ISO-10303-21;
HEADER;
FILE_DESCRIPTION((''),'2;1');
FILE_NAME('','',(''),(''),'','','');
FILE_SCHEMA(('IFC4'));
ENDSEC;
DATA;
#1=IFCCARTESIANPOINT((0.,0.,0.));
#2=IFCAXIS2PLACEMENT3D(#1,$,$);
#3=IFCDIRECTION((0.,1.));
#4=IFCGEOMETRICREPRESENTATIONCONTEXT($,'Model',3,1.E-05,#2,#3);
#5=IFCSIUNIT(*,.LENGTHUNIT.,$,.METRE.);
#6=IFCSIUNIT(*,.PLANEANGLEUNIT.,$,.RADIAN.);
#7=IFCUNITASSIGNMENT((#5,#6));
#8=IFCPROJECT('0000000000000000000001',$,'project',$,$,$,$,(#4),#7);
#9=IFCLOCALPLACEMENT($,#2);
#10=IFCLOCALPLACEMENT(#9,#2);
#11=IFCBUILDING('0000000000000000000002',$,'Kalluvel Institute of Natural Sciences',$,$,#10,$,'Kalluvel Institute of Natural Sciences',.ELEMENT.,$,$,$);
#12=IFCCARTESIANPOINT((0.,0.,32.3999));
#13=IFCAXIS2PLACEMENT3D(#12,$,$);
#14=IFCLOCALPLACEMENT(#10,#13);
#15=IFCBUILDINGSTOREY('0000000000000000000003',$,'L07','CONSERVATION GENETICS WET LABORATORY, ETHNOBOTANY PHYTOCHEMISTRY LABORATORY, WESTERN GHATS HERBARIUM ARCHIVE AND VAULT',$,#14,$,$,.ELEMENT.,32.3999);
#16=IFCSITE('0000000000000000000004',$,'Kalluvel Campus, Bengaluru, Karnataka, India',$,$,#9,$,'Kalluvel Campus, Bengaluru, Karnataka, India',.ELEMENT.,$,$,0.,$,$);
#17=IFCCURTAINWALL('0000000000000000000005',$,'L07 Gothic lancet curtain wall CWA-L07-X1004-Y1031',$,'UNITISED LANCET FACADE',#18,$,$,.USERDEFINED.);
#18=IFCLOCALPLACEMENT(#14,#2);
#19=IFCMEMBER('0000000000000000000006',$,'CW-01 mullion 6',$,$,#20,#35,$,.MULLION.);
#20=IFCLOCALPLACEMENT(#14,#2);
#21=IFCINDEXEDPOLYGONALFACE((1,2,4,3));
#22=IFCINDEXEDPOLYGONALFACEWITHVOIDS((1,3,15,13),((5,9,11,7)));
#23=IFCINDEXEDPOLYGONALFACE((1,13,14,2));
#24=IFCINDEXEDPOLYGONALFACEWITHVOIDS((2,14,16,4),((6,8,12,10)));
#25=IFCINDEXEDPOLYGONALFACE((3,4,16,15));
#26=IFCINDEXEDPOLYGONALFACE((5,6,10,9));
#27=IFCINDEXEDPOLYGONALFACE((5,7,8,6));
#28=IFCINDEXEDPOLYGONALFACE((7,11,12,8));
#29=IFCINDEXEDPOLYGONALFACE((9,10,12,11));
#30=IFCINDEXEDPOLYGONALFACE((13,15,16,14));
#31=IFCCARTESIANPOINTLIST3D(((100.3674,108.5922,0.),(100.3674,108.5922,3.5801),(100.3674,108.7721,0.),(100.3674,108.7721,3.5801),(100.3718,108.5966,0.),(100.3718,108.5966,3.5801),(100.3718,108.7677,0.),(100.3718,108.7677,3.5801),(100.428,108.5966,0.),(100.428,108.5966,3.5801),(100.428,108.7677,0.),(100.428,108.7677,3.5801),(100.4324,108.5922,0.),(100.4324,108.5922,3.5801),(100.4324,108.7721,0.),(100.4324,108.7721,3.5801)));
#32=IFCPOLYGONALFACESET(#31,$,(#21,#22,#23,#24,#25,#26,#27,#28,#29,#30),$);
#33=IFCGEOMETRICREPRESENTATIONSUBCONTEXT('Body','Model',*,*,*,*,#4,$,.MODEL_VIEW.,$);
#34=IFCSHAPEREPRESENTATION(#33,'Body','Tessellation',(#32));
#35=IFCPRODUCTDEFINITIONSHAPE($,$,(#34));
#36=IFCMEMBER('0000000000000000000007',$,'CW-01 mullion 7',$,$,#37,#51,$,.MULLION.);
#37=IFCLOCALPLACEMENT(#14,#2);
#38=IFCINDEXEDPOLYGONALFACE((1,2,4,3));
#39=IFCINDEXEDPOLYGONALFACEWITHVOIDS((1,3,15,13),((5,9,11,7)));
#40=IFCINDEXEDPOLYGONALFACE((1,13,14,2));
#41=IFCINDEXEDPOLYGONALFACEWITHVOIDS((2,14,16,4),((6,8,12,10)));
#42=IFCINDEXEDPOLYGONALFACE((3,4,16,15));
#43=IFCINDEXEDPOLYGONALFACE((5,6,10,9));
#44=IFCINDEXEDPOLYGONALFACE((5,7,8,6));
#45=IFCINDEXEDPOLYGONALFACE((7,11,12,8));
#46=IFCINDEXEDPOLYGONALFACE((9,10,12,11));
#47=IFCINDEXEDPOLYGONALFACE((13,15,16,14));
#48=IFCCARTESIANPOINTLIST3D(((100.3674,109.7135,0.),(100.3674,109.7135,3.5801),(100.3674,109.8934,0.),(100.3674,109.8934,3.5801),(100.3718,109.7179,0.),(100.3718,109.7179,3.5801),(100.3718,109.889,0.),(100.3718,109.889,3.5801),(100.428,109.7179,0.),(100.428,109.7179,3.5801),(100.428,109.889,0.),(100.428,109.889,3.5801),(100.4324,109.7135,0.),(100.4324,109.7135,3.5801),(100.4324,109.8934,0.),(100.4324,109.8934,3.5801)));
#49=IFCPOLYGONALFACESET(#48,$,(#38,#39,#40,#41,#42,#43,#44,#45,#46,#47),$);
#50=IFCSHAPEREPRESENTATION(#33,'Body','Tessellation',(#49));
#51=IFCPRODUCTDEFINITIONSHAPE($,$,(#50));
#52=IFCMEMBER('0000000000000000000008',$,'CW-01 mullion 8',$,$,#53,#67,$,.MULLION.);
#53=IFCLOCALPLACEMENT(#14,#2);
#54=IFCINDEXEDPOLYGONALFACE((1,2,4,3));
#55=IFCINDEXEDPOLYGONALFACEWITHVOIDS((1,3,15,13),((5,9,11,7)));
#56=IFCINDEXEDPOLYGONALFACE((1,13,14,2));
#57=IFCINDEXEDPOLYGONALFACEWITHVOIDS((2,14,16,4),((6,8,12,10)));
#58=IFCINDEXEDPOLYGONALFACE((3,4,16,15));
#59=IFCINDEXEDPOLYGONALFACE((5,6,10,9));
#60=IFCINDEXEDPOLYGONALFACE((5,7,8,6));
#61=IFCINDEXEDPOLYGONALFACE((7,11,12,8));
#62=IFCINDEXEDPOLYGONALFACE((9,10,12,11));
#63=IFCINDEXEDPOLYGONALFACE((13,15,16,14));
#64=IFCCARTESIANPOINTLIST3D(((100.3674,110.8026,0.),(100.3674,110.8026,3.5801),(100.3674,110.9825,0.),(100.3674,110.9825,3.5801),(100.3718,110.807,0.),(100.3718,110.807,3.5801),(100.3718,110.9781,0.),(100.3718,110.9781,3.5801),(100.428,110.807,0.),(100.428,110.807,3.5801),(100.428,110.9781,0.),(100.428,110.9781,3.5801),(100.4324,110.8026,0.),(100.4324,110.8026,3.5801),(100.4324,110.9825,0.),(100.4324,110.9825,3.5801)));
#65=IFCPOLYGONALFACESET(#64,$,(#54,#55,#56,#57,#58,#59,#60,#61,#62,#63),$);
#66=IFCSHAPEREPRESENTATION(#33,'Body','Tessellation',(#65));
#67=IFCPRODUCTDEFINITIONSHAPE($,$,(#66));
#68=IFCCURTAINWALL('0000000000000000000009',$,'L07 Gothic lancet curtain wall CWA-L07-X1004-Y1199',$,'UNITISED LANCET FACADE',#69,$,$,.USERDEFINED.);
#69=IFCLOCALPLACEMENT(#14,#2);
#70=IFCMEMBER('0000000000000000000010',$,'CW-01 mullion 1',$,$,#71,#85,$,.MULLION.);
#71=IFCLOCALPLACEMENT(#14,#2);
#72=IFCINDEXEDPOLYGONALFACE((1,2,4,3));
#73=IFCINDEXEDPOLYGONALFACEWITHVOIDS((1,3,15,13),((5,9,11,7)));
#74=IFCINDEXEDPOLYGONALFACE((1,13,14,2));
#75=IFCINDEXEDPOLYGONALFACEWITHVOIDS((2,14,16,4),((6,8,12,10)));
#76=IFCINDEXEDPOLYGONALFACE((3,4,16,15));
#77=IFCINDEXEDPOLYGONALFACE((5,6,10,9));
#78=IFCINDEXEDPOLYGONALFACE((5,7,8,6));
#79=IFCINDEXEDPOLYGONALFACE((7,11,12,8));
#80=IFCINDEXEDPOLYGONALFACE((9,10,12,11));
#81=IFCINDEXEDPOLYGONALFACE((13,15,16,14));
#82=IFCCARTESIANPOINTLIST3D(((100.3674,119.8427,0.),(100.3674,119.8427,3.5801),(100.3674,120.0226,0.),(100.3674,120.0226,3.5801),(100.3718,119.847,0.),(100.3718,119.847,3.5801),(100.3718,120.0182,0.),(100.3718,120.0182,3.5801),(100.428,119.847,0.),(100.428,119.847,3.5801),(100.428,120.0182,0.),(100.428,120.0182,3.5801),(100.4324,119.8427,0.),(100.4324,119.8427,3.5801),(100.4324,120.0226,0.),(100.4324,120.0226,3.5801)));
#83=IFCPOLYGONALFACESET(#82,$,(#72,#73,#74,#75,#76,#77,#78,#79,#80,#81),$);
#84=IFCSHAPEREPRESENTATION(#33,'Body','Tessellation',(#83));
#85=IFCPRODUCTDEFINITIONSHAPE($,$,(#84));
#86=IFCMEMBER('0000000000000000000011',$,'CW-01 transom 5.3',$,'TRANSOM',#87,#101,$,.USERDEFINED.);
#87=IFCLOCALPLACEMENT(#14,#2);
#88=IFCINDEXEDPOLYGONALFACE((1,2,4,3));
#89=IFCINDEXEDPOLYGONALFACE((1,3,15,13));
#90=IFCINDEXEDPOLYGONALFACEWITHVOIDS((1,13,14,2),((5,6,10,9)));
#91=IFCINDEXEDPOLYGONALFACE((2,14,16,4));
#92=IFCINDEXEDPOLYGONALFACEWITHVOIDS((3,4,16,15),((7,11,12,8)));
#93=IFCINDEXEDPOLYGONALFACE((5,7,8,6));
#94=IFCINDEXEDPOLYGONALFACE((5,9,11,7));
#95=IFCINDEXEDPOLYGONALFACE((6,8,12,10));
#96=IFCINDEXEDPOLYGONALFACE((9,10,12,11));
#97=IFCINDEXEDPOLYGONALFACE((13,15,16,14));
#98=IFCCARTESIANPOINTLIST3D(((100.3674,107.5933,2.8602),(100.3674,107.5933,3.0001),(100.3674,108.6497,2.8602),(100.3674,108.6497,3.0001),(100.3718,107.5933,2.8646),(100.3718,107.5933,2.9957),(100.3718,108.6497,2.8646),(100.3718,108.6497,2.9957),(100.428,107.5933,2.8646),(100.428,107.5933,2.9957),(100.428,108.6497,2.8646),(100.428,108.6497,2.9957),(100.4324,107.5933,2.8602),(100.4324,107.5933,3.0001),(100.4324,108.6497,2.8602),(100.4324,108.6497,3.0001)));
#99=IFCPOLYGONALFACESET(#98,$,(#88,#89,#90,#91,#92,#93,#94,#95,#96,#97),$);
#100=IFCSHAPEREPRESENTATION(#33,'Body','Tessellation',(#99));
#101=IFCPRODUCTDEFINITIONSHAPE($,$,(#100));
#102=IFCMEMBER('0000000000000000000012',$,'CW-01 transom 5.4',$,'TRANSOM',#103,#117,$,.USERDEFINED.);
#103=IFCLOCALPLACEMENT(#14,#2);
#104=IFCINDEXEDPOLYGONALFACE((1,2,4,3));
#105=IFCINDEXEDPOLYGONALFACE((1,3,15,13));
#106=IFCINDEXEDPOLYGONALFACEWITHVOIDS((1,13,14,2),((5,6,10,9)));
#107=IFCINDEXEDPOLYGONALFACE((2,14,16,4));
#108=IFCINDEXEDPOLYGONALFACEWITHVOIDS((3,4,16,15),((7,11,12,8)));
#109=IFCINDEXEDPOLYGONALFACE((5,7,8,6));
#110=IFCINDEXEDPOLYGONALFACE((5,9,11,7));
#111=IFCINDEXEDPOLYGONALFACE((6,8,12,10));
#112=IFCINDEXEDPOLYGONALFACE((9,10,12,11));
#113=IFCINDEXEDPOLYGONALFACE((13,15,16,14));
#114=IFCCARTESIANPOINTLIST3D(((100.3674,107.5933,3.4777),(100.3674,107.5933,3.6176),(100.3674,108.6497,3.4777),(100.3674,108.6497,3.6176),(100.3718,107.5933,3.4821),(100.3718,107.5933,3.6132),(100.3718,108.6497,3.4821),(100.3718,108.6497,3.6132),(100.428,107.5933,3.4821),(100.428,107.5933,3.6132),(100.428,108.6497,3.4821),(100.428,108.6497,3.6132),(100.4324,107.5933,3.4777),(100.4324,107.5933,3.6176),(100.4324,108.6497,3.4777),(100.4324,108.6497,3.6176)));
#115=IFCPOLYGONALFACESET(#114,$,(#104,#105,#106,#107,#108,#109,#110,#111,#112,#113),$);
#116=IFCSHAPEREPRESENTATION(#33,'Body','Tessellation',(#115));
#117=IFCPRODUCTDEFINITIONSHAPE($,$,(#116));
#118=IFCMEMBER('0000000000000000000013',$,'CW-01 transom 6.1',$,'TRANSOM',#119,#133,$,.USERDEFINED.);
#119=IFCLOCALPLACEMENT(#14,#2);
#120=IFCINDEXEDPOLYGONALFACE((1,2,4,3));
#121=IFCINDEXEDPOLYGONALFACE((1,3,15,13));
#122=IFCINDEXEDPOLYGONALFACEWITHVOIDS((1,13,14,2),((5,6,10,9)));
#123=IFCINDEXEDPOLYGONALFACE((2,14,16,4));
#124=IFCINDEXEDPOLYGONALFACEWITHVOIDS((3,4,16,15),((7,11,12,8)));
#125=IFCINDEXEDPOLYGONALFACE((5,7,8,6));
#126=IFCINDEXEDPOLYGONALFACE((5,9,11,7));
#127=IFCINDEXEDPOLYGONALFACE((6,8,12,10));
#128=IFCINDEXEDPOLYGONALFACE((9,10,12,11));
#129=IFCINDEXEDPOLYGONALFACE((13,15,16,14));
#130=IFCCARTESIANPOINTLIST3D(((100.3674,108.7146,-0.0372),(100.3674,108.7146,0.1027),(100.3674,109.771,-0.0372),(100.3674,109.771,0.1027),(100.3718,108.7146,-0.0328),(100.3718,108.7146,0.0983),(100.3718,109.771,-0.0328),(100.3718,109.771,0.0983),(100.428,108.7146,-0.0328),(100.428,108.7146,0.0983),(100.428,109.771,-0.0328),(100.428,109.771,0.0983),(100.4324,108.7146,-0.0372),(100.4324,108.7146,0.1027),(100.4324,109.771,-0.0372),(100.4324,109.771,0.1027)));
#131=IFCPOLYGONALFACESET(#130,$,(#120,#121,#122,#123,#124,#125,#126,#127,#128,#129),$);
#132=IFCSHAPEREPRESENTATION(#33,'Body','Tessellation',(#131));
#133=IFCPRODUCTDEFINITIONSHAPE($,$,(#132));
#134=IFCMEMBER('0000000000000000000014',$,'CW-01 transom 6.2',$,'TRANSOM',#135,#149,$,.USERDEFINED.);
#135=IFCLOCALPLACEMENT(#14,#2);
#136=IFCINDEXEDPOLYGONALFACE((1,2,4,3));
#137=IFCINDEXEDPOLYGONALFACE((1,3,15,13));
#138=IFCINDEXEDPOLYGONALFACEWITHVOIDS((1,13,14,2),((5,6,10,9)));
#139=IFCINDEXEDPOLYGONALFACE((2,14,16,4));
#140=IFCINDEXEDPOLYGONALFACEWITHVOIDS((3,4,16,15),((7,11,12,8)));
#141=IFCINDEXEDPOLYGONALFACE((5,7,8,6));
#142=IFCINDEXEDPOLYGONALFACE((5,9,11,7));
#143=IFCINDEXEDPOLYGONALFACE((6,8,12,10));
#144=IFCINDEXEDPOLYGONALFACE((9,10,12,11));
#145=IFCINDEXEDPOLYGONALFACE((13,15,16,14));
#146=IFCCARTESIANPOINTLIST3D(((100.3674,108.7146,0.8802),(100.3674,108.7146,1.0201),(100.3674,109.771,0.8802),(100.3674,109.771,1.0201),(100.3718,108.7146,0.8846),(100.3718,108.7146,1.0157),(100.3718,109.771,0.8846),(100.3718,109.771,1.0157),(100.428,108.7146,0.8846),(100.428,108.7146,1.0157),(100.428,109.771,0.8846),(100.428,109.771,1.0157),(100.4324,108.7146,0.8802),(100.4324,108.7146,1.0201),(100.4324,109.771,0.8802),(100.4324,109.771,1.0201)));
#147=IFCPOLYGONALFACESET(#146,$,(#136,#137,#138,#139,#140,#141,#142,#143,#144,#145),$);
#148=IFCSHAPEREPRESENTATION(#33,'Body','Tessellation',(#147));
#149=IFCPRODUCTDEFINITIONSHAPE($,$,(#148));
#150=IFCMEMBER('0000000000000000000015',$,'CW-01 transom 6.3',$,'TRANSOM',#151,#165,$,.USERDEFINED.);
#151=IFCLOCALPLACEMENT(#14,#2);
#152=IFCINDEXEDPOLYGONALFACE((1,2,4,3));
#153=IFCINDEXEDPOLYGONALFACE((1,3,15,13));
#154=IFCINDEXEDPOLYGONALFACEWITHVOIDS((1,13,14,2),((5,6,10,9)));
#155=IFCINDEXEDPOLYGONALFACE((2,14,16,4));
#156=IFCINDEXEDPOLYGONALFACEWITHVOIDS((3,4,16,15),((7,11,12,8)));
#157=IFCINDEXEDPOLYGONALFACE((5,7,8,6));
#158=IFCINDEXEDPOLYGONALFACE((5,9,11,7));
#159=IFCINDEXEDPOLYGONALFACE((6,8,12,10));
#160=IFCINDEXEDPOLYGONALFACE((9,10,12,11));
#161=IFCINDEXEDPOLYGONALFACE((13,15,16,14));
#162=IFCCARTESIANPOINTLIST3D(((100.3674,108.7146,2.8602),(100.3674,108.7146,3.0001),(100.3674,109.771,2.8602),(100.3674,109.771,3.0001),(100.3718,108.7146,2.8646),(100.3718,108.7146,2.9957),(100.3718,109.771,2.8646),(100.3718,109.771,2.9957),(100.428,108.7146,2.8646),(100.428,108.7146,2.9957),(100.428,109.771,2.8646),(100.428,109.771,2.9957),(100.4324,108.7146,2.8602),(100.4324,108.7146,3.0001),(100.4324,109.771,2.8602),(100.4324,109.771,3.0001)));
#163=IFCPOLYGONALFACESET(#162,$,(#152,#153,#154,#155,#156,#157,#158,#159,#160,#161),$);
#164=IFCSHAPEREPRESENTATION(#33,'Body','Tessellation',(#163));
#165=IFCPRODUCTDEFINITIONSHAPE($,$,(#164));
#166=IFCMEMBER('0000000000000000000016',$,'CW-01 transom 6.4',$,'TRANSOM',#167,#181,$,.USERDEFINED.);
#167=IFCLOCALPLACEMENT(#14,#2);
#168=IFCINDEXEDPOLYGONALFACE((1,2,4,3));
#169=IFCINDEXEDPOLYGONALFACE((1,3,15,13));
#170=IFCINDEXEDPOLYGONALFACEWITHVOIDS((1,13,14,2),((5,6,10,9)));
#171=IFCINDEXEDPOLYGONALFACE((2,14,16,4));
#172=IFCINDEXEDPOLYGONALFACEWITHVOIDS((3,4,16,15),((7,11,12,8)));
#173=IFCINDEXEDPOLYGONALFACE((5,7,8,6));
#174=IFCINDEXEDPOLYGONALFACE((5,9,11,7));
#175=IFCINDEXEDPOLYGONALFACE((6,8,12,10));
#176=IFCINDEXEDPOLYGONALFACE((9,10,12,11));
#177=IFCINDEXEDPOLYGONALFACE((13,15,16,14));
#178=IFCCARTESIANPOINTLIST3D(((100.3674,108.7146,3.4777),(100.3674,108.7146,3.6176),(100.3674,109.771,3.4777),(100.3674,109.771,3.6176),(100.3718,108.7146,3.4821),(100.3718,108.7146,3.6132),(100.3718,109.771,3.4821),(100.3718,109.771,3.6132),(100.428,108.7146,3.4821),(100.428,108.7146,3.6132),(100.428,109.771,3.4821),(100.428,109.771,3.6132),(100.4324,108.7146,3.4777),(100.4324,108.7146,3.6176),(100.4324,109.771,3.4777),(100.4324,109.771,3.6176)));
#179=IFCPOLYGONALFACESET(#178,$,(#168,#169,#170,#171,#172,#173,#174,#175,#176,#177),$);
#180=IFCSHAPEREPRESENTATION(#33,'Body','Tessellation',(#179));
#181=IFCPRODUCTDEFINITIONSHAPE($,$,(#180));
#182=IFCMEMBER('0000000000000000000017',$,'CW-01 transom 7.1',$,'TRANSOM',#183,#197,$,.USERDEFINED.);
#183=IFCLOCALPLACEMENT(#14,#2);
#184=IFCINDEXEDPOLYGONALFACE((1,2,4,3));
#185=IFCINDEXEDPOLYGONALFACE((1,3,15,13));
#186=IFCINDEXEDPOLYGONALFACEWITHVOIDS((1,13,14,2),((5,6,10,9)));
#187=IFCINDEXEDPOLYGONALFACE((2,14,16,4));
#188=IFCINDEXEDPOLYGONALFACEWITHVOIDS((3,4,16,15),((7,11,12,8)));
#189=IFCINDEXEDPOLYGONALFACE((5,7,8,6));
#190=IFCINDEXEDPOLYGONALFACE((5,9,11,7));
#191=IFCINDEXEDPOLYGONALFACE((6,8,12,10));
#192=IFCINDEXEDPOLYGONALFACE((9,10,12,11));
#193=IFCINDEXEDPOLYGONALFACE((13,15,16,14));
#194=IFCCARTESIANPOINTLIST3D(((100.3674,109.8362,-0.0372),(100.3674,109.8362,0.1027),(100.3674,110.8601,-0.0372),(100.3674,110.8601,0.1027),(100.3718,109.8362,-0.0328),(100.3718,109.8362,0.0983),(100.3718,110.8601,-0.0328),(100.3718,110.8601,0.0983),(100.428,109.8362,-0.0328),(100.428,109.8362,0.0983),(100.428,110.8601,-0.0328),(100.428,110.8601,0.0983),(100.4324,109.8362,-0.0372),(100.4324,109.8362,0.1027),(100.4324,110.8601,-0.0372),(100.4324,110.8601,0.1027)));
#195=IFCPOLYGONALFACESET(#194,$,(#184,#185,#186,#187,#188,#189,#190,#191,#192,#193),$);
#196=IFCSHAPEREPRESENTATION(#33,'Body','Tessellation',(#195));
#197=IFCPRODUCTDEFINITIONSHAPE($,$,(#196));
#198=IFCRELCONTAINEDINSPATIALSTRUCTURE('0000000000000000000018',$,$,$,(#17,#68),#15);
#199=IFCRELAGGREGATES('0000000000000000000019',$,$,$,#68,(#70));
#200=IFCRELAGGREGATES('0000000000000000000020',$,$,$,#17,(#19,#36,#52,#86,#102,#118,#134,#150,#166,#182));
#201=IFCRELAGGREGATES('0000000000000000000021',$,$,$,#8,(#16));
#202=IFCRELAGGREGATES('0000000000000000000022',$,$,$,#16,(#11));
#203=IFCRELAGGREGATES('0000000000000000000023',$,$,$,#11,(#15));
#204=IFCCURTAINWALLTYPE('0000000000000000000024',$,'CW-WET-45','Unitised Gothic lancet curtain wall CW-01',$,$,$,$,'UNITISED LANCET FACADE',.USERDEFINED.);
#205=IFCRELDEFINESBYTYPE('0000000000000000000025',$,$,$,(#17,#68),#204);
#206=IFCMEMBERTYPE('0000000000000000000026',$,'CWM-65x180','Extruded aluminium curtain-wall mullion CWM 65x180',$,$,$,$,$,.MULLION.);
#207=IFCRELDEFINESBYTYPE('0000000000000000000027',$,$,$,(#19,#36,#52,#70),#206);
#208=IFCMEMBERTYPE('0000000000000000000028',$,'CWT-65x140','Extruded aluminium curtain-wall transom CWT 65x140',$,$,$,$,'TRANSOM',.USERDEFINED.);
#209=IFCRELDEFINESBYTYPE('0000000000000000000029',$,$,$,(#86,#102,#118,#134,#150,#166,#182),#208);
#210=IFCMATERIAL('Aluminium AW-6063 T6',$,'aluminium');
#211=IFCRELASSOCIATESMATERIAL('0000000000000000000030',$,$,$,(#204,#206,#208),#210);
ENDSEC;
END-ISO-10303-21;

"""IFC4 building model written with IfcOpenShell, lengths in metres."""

from ifc_helpers import new_model, si_unit, direction, frame, origin, origin_2d, place, context, subcontext, project, spatial, hollow_rectangle, extrude, material, material_profile, profile_set, type_object, element, aggregate, save


model = new_model("IFC4")

# Units and contexts
model_context = context("Model", 3, precision=1e-05, world=origin(), true_north=direction((0.0, 1.0)))
body_context = subcontext(model_context, "Body", "Model", "MODEL_VIEW")
ifc_project = project(units=[si_unit("LENGTHUNIT", "METRE"), si_unit("PLANEANGLEUNIT", "RADIAN")], contexts=[model_context])

# Site, building, storey
site_placement = place(None, origin())
site = spatial("IfcSite", under=ifc_project, at=site_placement, Name="Kalluvel Campus, Bengaluru, Karnataka, India", LongName="Kalluvel Campus, Bengaluru, Karnataka, India", CompositionType="ELEMENT", RefElevation=0.0)
building_placement = place(site_placement, origin())
building = spatial("IfcBuilding", under=site, at=building_placement, Name="Kalluvel Institute of Natural Sciences", LongName="Kalluvel Institute of Natural Sciences", CompositionType="ELEMENT")
storey_placement = place(building_placement, frame((0.0, 0.0, 32.3999)))
storey = spatial("IfcBuildingStorey", under=building, at=storey_placement, Name="L07", Description="CONSERVATION GENETICS WET LABORATORY, ETHNOBOTANY PHYTOCHEMISTRY LABORATORY, WESTERN GHATS HERBARIUM ARCHIVE AND VAULT", CompositionType="ELEMENT", Elevation=32.3999)

# Curtain wall, members
ifc_material_1 = material(Name="Aluminium AW-6063 T6", Category="aluminium")
curtain_wall_type = type_object("IfcCurtainWallType", Name="CW-WET-45", Description="Unitised Gothic lancet curtain wall CW-01", ElementType="UNITISED LANCET FACADE", PredefinedType="USERDEFINED", material=ifc_material_1)
curtain_wall_1_placement = place(storey_placement, origin())
curtain_wall_1 = element("IfcCurtainWall", 1, at=curtain_wall_1_placement, inside=storey, type_object=curtain_wall_type, Name="L07 Gothic lancet curtain wall CWA-L07-X1004-Y1031", ObjectType="UNITISED LANCET FACADE", PredefinedType="USERDEFINED")
ifc_material_profile_1 = material_profile(ifc_material_1, hollow_rectangle(XDim=0.0649, YDim=0.1799, WallThickness=0.0044, at=origin_2d()), Name="CWM 65x180")
ifc_profile_set_1 = profile_set([ifc_material_profile_1], Name="Aluminium AW-6063 T6")
member_type_1 = type_object("IfcMemberType", Name="CWM-65x180", Description="Extruded aluminium curtain-wall mullion CWM 65x180", PredefinedType="MULLION", material=ifc_profile_set_1)
member_1_placement = place(storey_placement, frame((100.3999, 108.6821, 0.0), z_axis=(0.0, 0.0, 1.0), x_axis=(-1.0, 0.0, 0.0)))
member_1 = element("IfcMember", 2, at=member_1_placement, type_object=member_type_1, Name="CW-01 mullion 6", PredefinedType="MULLION", context=body_context, shape_type="SweptSolid", body=[
    extrude(hollow_rectangle(XDim=0.0649, YDim=0.1799, WallThickness=0.0044, at=origin_2d()), origin(), (0.0, 0.0, 1.0), 3.5801),
])
member_2_placement = place(storey_placement, frame((100.3999, 109.8035, 0.0), z_axis=(0.0, 0.0, 1.0), x_axis=(-1.0, 0.0, 0.0)))
member_2 = element("IfcMember", 3, at=member_2_placement, type_object=member_type_1, Name="CW-01 mullion 7", PredefinedType="MULLION", context=body_context, shape_type="SweptSolid", body=[
    extrude(hollow_rectangle(XDim=0.0649, YDim=0.1799, WallThickness=0.0044, at=origin_2d()), origin(), (0.0, 0.0, 1.0), 3.5801),
])
member_3_placement = place(storey_placement, frame((100.3999, 110.8926, 0.0), z_axis=(0.0, 0.0, 1.0), x_axis=(-1.0, 0.0, 0.0)))
member_3 = element("IfcMember", 4, at=member_3_placement, type_object=member_type_1, Name="CW-01 mullion 8", PredefinedType="MULLION", context=body_context, shape_type="SweptSolid", body=[
    extrude(hollow_rectangle(XDim=0.0649, YDim=0.1799, WallThickness=0.0044, at=origin_2d()), origin(), (0.0, 0.0, 1.0), 3.5801),
])

# Curtain wall, member
curtain_wall_2_placement = place(storey_placement, origin())
curtain_wall_2 = element("IfcCurtainWall", 5, at=curtain_wall_2_placement, inside=storey, type_object=curtain_wall_type, Name="L07 Gothic lancet curtain wall CWA-L07-X1004-Y1199", ObjectType="UNITISED LANCET FACADE", PredefinedType="USERDEFINED")
member_4_placement = place(storey_placement, frame((100.3999, 119.9326, 0.0), z_axis=(0.0, 0.0, 1.0), x_axis=(-1.0, 0.0, 0.0)))
member_4 = element("IfcMember", 6, at=member_4_placement, type_object=member_type_1, Name="CW-01 mullion 1", PredefinedType="MULLION", context=body_context, shape_type="SweptSolid", body=[
    extrude(hollow_rectangle(XDim=0.0649, YDim=0.1799, WallThickness=0.0044, at=origin_2d()), origin(), (0.0, 0.0, 1.0), 3.5801),
])

# Members
ifc_material_profile_2 = material_profile(ifc_material_1, hollow_rectangle(XDim=0.0649, YDim=0.1399, WallThickness=0.0044, at=origin_2d()), Name="CWT 65x140")
ifc_profile_set_2 = profile_set([ifc_material_profile_2], Name="Aluminium AW-6063 T6")
member_type_2 = type_object("IfcMemberType", Name="CWT-65x140", Description="Extruded aluminium curtain-wall transom CWT 65x140", ElementType="TRANSOM", PredefinedType="USERDEFINED", material=ifc_profile_set_2)
member_5_placement = place(storey_placement, frame((100.3999, 107.5933, 2.9302), z_axis=(0.0, 1.0, 0.0), x_axis=(-1.0, 0.0, 0.0)))
member_5 = element("IfcMember", 7, at=member_5_placement, type_object=member_type_2, Name="CW-01 transom 5.3", ObjectType="TRANSOM", PredefinedType="USERDEFINED", context=body_context, shape_type="SweptSolid", body=[
    extrude(hollow_rectangle(XDim=0.0649, YDim=0.1399, WallThickness=0.0044, at=origin_2d()), origin(), (0.0, 0.0, 1.0), 1.0564),
])
member_6_placement = place(storey_placement, frame((100.3999, 107.5933, 3.5476), z_axis=(0.0, 1.0, 0.0), x_axis=(-1.0, 0.0, 0.0)))
member_6 = element("IfcMember", 8, at=member_6_placement, type_object=member_type_2, Name="CW-01 transom 5.4", ObjectType="TRANSOM", PredefinedType="USERDEFINED", context=body_context, shape_type="SweptSolid", body=[
    extrude(hollow_rectangle(XDim=0.0649, YDim=0.1399, WallThickness=0.0044, at=origin_2d()), origin(), (0.0, 0.0, 1.0), 1.0564),
])
member_7_placement = place(storey_placement, frame((100.3999, 108.7146, 0.0327), z_axis=(0.0, 1.0, 0.0), x_axis=(-1.0, 0.0, 0.0)))
member_7 = element("IfcMember", 9, at=member_7_placement, type_object=member_type_2, Name="CW-01 transom 6.1", ObjectType="TRANSOM", PredefinedType="USERDEFINED", context=body_context, shape_type="SweptSolid", body=[
    extrude(hollow_rectangle(XDim=0.0649, YDim=0.1399, WallThickness=0.0044, at=origin_2d()), origin(), (0.0, 0.0, 1.0), 1.0564),
])
member_8_placement = place(storey_placement, frame((100.3999, 108.7146, 0.9502), z_axis=(0.0, 1.0, 0.0), x_axis=(-1.0, 0.0, 0.0)))
member_8 = element("IfcMember", 10, at=member_8_placement, type_object=member_type_2, Name="CW-01 transom 6.2", ObjectType="TRANSOM", PredefinedType="USERDEFINED", context=body_context, shape_type="SweptSolid", body=[
    extrude(hollow_rectangle(XDim=0.0649, YDim=0.1399, WallThickness=0.0044, at=origin_2d()), origin(), (0.0, 0.0, 1.0), 1.0564),
])
member_9_placement = place(storey_placement, frame((100.3999, 108.7146, 2.9302), z_axis=(0.0, 1.0, 0.0), x_axis=(-1.0, 0.0, 0.0)))
member_9 = element("IfcMember", 11, at=member_9_placement, type_object=member_type_2, Name="CW-01 transom 6.3", ObjectType="TRANSOM", PredefinedType="USERDEFINED", context=body_context, shape_type="SweptSolid", body=[
    extrude(hollow_rectangle(XDim=0.0649, YDim=0.1399, WallThickness=0.0044, at=origin_2d()), origin(), (0.0, 0.0, 1.0), 1.0564),
])
member_10_placement = place(storey_placement, frame((100.3999, 108.7146, 3.5476), z_axis=(0.0, 1.0, 0.0), x_axis=(-1.0, 0.0, 0.0)))
member_10 = element("IfcMember", 12, at=member_10_placement, type_object=member_type_2, Name="CW-01 transom 6.4", ObjectType="TRANSOM", PredefinedType="USERDEFINED", context=body_context, shape_type="SweptSolid", body=[
    extrude(hollow_rectangle(XDim=0.0649, YDim=0.1399, WallThickness=0.0044, at=origin_2d()), origin(), (0.0, 0.0, 1.0), 1.0564),
])
member_11_placement = place(storey_placement, frame((100.3999, 109.8362, 0.0327), z_axis=(0.0, 1.0, 0.0), x_axis=(-1.0, 0.0, 0.0)))
member_11 = element("IfcMember", 13, at=member_11_placement, type_object=member_type_2, Name="CW-01 transom 7.1", ObjectType="TRANSOM", PredefinedType="USERDEFINED", context=body_context, shape_type="SweptSolid", body=[
    extrude(hollow_rectangle(XDim=0.0649, YDim=0.1399, WallThickness=0.0044, at=origin_2d()), origin(), (0.0, 0.0, 1.0), 1.0239),
])
aggregate(curtain_wall_2, [member_4])

aggregate(curtain_wall_1, [member_1, member_2, member_3, member_5, member_6, member_7, member_8, member_9, member_10, member_11])

save(model, "model.ifc")
